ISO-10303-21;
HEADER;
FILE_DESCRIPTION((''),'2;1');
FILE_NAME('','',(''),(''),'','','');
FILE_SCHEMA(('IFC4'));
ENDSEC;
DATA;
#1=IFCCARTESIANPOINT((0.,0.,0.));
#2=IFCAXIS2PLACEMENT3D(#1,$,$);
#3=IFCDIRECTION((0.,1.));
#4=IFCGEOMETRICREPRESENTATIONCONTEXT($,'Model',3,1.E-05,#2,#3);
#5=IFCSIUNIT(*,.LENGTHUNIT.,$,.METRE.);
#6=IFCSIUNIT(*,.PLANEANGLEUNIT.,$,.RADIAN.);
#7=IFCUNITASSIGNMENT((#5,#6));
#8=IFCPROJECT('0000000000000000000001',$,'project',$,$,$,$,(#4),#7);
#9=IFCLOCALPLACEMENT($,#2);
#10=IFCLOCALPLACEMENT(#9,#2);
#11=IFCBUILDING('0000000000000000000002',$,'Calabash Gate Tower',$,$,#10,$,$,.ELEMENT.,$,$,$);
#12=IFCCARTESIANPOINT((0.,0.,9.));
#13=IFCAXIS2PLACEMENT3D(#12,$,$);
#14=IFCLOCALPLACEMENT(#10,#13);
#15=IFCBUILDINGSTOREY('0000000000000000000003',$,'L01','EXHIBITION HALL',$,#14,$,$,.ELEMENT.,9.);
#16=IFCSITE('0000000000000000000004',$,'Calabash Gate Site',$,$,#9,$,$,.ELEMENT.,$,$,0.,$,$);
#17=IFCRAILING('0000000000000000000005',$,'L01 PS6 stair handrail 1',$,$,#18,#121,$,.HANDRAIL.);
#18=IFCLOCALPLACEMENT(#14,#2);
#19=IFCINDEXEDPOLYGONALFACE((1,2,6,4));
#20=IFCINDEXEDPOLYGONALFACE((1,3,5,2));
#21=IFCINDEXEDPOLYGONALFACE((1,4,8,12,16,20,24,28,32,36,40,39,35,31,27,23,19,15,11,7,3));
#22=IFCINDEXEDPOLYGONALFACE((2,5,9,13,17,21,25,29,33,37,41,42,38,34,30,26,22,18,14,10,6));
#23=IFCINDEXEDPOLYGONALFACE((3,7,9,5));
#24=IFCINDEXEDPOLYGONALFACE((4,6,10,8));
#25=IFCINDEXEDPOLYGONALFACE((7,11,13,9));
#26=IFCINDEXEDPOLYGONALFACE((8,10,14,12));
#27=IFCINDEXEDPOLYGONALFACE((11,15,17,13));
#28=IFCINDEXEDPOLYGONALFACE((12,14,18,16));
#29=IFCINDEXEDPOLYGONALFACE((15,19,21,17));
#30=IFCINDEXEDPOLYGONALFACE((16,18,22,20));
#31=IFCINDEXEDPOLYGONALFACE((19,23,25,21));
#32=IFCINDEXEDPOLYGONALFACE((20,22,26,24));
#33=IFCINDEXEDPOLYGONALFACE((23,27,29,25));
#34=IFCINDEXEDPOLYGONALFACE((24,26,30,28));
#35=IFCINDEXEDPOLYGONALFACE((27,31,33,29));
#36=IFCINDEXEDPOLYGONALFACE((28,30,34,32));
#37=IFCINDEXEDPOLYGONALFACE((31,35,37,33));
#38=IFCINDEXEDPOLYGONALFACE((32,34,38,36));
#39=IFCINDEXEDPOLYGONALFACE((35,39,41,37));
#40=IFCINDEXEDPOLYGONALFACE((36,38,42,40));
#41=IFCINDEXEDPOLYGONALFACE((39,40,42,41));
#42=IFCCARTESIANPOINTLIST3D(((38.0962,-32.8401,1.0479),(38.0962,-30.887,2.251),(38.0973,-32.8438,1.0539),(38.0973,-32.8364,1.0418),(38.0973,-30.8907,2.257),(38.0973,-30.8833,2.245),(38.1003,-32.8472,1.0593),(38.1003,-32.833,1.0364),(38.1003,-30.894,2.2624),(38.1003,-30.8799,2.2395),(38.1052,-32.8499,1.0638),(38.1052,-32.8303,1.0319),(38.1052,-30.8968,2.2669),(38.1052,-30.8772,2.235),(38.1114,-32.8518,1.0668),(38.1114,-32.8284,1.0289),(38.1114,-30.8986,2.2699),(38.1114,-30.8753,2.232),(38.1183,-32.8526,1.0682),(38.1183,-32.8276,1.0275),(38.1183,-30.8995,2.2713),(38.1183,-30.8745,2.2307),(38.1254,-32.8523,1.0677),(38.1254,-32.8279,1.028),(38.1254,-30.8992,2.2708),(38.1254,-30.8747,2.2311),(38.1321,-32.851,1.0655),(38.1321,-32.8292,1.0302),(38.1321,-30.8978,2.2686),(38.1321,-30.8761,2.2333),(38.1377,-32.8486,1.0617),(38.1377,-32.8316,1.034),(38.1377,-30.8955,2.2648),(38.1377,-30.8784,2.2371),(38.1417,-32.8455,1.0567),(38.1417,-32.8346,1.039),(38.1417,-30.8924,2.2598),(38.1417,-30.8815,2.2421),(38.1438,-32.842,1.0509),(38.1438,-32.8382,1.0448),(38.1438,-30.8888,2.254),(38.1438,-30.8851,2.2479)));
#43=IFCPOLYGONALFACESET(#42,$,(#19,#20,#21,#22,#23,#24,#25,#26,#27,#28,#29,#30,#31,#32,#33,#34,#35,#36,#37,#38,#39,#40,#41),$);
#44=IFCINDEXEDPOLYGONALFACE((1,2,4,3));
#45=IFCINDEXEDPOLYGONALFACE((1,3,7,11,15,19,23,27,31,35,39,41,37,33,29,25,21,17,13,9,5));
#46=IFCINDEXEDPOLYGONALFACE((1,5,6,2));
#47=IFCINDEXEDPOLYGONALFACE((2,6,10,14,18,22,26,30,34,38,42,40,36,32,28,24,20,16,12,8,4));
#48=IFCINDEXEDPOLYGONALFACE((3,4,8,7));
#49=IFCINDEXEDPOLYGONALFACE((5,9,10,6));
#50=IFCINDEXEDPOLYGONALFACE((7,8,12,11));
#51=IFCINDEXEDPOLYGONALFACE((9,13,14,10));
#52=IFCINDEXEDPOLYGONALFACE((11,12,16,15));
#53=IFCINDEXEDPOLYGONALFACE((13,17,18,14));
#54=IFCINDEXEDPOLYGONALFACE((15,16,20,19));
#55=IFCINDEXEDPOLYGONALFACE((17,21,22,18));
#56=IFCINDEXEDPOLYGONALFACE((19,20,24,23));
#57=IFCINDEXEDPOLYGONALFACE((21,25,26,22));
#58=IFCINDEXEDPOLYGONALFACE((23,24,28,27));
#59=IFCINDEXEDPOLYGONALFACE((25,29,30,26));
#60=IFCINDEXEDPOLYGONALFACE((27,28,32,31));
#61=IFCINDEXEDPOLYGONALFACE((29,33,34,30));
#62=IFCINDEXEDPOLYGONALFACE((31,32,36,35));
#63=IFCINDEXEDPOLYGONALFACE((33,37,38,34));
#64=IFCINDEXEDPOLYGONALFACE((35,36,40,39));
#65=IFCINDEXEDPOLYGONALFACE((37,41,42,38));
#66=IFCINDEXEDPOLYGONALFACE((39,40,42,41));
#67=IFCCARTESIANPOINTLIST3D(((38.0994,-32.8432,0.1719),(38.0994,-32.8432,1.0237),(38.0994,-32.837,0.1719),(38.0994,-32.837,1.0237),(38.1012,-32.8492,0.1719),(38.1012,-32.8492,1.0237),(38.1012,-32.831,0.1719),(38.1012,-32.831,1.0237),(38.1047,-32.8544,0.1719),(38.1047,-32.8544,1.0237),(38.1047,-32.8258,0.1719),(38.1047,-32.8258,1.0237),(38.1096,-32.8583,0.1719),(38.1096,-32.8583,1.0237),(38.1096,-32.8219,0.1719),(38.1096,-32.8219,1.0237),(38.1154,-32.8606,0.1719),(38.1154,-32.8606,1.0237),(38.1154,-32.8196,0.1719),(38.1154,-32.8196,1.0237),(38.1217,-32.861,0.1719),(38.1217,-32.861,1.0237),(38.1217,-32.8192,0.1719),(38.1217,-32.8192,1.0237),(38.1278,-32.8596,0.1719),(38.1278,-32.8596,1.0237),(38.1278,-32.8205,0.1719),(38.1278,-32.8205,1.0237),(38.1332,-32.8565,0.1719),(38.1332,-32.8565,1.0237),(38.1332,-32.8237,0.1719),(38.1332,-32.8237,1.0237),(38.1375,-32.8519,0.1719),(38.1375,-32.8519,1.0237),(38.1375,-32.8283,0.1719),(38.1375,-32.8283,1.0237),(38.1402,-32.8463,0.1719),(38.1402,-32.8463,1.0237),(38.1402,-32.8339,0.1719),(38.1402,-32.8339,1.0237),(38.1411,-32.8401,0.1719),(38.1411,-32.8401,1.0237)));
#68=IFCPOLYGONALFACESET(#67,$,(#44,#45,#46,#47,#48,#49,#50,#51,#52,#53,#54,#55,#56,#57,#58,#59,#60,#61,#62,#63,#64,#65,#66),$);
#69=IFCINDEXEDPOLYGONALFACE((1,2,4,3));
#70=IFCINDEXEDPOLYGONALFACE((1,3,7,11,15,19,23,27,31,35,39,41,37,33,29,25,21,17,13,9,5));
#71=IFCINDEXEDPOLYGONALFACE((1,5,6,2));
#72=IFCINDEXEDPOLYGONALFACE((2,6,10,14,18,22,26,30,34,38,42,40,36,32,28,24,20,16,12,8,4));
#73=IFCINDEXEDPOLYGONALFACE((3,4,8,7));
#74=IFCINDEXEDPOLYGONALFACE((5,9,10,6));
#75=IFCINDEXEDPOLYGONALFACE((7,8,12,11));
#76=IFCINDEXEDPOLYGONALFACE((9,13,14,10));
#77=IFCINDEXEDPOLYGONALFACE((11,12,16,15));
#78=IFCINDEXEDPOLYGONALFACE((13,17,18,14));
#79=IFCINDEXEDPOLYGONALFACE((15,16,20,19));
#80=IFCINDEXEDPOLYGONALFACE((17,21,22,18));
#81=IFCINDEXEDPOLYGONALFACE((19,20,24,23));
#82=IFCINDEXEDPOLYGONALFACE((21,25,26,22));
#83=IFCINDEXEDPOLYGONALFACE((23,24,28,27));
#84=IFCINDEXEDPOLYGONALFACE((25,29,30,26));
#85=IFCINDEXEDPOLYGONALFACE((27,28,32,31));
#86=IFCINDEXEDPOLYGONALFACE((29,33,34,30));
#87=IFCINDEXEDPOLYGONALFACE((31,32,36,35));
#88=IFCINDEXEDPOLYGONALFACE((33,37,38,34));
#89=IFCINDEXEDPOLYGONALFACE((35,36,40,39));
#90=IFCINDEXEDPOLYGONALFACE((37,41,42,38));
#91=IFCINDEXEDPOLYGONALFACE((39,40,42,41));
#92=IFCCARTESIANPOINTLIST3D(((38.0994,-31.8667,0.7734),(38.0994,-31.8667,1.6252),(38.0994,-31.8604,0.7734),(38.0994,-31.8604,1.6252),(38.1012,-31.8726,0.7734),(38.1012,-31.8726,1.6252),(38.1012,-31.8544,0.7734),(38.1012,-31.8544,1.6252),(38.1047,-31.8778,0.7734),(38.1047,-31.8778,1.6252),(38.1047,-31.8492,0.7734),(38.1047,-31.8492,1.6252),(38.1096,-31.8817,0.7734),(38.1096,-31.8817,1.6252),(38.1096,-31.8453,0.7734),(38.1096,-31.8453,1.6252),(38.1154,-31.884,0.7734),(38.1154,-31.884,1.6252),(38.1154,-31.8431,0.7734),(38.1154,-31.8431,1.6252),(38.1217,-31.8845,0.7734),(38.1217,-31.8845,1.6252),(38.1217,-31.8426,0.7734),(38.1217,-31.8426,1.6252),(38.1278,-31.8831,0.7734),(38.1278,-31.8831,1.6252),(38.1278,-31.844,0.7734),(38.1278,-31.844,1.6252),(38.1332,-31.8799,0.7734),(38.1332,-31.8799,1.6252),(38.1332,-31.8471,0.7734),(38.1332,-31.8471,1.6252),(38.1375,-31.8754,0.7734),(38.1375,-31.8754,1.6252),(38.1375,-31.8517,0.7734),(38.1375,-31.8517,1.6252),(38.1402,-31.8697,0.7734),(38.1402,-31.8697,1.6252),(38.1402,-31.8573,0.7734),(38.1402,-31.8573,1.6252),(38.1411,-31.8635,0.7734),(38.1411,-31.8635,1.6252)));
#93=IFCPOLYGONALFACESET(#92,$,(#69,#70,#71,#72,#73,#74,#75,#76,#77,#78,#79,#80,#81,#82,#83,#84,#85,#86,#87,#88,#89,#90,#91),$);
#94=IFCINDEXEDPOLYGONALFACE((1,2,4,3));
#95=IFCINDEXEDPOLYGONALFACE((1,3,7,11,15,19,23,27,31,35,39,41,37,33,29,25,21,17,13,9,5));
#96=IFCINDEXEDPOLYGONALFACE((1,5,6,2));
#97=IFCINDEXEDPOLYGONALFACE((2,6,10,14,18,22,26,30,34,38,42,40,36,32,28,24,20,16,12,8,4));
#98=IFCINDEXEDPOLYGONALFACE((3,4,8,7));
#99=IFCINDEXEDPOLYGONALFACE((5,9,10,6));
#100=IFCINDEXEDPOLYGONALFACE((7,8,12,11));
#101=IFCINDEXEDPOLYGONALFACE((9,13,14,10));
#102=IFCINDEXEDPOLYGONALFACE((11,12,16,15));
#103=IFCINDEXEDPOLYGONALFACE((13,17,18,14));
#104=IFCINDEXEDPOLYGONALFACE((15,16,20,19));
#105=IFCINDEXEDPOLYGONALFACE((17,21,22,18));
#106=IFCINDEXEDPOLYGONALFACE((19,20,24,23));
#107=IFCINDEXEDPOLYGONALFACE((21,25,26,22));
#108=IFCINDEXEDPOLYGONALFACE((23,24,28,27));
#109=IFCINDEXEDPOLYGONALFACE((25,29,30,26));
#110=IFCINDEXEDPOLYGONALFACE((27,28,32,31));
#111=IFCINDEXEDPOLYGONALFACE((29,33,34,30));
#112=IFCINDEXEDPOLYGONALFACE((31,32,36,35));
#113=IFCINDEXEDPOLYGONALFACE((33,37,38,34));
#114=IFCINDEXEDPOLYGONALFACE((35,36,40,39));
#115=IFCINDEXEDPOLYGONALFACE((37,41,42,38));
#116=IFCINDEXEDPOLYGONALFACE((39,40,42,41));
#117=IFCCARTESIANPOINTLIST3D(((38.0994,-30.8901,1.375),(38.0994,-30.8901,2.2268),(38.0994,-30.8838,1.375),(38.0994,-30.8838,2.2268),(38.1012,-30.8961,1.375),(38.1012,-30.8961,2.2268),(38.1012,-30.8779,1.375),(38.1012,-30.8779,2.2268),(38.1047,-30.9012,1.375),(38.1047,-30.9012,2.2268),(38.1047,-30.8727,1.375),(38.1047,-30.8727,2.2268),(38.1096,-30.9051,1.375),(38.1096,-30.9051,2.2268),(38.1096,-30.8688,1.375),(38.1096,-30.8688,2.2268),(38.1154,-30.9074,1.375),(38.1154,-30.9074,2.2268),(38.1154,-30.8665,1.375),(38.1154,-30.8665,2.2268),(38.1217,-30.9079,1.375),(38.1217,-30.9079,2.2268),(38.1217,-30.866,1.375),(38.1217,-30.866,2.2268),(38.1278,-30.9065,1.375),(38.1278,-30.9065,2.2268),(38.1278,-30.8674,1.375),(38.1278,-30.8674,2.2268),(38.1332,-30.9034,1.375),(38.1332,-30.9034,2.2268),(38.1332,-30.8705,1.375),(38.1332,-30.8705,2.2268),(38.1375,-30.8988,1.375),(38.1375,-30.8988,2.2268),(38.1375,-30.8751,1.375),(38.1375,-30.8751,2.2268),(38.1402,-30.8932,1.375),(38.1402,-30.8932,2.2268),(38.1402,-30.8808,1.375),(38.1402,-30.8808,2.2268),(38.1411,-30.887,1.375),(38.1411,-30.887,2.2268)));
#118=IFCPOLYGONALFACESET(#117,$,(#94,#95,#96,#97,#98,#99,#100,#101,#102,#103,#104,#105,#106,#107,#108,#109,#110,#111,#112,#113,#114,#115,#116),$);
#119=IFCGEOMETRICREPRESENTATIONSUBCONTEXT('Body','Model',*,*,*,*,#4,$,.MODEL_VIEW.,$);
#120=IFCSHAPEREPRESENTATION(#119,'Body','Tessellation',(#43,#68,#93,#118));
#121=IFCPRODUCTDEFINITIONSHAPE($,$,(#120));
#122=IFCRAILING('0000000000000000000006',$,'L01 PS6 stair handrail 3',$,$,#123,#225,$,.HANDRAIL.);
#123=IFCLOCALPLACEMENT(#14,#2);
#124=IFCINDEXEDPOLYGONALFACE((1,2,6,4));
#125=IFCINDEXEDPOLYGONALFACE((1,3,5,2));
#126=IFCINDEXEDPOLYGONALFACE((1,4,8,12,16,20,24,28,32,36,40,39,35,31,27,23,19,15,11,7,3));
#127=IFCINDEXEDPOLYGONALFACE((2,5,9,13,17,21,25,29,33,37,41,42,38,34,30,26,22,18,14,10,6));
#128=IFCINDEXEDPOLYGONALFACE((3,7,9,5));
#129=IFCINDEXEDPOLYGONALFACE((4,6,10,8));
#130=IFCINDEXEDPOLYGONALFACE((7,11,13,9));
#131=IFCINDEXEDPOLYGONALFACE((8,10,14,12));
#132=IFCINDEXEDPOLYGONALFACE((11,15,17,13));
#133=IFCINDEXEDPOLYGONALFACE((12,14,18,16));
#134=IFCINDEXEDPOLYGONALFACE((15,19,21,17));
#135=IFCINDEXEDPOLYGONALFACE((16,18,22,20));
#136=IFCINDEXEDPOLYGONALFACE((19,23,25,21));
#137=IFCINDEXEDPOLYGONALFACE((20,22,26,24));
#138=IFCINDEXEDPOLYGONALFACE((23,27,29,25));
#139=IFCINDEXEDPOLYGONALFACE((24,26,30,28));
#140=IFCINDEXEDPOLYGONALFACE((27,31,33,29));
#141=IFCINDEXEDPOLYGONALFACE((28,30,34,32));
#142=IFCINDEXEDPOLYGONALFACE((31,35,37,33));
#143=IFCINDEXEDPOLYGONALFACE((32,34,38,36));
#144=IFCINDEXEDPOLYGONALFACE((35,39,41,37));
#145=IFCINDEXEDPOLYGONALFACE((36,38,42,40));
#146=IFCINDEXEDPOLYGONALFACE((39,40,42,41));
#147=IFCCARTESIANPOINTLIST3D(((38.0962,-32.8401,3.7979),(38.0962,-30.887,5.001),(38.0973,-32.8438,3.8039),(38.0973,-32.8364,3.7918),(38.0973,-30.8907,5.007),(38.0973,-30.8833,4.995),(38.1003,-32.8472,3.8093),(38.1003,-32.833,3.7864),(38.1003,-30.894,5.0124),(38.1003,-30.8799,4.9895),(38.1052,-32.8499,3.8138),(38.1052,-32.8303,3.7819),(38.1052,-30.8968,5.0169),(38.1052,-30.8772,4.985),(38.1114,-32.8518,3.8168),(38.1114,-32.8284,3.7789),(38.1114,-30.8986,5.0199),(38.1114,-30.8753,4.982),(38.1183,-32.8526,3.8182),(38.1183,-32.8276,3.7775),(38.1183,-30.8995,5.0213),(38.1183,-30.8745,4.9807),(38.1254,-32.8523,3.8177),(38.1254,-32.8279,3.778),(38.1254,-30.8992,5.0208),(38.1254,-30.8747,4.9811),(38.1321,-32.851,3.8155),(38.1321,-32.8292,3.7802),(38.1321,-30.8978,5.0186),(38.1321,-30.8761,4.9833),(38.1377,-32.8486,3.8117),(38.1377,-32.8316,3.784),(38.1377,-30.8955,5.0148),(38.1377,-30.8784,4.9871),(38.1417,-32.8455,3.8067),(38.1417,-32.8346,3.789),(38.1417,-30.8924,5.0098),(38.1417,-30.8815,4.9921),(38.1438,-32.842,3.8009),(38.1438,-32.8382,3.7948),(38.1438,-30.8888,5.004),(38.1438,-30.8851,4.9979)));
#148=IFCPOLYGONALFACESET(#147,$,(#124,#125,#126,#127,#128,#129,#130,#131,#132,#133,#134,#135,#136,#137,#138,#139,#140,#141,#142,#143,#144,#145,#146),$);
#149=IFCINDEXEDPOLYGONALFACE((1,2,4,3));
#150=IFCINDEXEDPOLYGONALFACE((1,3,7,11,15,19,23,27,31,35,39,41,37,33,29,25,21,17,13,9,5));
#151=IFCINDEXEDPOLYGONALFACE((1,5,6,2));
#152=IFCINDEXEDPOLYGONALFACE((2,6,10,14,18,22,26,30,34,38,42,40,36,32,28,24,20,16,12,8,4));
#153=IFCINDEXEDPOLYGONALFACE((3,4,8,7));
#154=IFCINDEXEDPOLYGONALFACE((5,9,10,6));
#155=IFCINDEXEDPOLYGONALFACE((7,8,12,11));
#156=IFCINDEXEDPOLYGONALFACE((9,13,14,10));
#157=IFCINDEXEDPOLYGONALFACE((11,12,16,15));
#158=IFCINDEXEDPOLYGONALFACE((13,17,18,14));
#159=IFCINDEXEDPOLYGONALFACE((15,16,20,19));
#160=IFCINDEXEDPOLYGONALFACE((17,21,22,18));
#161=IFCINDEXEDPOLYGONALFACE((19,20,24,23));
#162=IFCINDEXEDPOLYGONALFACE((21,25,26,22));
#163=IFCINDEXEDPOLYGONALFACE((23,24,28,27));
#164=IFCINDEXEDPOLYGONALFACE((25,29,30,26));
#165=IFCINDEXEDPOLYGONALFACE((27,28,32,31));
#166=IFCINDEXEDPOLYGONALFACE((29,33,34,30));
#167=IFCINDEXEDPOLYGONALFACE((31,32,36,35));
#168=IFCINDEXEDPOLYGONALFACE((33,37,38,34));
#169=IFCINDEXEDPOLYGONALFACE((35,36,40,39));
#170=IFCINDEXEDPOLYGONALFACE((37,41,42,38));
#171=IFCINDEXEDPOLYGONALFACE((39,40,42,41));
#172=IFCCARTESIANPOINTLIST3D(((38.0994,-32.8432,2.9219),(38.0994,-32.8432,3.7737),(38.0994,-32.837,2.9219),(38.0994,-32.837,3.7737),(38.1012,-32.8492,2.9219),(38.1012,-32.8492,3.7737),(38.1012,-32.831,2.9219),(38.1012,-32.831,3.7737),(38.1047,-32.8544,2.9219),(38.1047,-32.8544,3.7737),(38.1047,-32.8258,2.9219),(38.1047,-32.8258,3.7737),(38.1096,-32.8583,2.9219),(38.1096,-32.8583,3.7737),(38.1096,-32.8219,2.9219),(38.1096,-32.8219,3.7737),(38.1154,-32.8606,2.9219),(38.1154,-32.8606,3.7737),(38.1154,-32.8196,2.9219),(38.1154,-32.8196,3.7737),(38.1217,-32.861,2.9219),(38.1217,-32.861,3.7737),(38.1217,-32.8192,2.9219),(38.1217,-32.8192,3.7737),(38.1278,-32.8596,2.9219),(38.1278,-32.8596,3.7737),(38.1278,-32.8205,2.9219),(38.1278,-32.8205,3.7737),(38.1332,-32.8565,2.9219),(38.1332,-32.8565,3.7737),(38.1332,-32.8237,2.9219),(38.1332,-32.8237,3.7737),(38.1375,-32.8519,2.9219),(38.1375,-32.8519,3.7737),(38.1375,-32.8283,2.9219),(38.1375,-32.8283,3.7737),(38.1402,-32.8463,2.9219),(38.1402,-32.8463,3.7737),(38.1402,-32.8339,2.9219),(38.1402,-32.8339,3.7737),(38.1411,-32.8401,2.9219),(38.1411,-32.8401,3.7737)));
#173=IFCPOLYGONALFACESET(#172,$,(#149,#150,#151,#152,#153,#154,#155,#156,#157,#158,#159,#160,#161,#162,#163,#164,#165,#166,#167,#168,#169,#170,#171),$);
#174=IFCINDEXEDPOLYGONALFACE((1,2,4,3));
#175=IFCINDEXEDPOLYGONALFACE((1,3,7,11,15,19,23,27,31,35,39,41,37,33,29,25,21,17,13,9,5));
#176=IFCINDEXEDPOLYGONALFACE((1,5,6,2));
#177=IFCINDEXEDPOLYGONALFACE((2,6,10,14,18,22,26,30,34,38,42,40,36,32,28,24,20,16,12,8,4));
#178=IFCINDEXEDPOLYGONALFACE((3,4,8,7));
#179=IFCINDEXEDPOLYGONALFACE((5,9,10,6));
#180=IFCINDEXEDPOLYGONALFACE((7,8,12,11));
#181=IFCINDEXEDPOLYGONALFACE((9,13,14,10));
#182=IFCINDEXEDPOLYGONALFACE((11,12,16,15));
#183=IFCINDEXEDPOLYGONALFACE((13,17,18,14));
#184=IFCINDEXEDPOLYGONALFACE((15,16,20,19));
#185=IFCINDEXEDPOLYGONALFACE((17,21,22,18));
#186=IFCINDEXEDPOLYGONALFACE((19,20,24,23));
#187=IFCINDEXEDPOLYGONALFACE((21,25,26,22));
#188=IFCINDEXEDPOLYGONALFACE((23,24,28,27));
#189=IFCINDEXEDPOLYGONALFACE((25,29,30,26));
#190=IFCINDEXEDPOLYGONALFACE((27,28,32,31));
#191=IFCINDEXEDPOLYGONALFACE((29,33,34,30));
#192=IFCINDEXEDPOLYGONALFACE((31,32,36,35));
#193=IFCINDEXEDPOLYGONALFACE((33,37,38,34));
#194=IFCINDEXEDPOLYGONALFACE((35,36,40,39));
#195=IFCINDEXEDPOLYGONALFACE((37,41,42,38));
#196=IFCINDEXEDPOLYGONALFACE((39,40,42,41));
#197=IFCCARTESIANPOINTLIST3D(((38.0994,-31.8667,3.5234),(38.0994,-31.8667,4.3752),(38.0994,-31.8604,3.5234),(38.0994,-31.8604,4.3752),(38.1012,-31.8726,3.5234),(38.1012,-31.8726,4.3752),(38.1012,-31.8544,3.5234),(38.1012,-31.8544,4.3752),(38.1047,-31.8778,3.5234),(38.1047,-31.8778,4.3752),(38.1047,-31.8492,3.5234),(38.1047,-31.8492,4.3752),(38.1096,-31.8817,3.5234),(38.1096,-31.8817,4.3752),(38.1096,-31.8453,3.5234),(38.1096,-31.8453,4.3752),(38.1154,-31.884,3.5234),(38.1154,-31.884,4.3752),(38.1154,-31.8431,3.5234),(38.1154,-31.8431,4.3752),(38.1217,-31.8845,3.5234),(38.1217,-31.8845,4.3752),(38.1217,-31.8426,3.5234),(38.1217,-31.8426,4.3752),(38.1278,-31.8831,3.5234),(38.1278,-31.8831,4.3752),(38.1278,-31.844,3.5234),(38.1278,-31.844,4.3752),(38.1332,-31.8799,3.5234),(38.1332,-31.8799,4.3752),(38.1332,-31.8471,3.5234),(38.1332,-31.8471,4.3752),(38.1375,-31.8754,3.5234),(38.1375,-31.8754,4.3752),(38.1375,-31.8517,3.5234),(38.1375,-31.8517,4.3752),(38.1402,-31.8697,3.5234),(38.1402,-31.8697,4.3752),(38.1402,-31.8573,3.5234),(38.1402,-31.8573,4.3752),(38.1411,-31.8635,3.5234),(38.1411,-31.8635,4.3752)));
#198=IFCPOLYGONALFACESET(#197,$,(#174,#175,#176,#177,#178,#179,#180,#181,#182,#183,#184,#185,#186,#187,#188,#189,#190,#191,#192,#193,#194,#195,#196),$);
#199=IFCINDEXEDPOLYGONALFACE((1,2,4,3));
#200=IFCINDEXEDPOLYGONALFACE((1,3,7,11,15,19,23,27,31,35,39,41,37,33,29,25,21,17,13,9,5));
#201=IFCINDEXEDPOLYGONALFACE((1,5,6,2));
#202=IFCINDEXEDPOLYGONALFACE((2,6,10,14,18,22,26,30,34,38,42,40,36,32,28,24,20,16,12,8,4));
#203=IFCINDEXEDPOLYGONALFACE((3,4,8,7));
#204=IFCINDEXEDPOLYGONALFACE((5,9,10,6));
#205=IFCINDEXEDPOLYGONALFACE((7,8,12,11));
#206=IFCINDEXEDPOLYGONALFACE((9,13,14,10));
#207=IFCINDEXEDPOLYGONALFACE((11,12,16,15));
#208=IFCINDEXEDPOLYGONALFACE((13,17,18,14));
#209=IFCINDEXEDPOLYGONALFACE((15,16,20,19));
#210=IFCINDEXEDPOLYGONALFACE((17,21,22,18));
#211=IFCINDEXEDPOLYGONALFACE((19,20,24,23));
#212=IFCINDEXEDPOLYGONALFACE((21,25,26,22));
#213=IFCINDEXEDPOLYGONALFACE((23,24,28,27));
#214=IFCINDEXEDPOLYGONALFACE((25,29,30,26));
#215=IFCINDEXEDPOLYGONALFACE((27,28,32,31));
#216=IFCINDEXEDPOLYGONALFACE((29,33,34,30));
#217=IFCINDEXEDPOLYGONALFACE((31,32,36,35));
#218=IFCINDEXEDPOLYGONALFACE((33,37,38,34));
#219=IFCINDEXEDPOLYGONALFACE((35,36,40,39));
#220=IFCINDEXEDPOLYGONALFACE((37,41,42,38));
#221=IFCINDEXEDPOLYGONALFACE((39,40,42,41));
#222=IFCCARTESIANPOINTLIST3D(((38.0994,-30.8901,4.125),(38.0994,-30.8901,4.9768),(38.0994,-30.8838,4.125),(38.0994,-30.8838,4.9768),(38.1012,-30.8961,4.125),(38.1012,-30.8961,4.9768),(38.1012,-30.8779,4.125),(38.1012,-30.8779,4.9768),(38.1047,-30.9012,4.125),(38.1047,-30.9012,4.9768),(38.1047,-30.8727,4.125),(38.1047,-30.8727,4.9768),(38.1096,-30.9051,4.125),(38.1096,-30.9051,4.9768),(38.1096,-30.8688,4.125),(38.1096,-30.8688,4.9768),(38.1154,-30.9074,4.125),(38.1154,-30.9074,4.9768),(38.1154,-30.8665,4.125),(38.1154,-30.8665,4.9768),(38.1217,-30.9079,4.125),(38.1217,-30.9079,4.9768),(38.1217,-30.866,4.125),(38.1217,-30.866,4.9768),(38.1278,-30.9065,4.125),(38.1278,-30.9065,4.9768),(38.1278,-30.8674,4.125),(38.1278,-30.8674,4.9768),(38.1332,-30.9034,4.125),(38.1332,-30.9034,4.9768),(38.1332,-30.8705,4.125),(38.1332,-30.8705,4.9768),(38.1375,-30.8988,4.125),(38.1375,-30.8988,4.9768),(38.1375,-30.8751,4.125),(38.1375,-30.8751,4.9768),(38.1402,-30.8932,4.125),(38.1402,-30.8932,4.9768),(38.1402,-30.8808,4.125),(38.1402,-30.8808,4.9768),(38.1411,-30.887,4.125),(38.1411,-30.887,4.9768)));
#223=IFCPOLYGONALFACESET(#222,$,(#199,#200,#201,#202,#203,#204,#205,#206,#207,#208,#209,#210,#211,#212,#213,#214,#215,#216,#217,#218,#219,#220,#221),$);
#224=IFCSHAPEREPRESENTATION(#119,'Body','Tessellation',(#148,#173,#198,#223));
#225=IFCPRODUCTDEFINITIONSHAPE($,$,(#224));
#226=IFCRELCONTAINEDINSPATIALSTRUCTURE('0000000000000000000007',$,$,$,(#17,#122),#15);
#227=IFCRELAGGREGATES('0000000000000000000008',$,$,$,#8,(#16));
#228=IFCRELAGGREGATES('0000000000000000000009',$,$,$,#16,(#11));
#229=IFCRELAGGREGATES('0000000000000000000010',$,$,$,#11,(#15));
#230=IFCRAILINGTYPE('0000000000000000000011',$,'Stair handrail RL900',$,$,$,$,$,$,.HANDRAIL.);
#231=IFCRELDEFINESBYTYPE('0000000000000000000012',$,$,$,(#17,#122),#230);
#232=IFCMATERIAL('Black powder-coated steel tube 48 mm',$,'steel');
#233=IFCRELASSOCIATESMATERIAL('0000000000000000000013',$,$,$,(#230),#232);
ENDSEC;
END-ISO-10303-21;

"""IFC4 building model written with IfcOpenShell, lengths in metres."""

from ifc_helpers import new_model, si_unit, direction, frame, origin, origin_2d, place, context, subcontext, project, spatial, circle, extrude, material, type_object, element, save


model = new_model("IFC4")

# Units and contexts
model_context = context("Model", 3, precision=1e-05, world=origin(), true_north=direction((0.0, 1.0)))
body_context = subcontext(model_context, "Body", "Model", "MODEL_VIEW")
ifc_project = project(units=[si_unit("LENGTHUNIT", "METRE"), si_unit("PLANEANGLEUNIT", "RADIAN")], contexts=[model_context])

# Site, building, storey
site_placement = place(None, origin())
site = spatial("IfcSite", under=ifc_project, at=site_placement, Name="Calabash Gate Site", CompositionType="ELEMENT", RefElevation=0.0)
building_placement = place(site_placement, origin())
building = spatial("IfcBuilding", under=site, at=building_placement, Name="Calabash Gate Tower", CompositionType="ELEMENT")
storey_placement = place(building_placement, frame((0.0, 0.0, 9.0)))
storey = spatial("IfcBuildingStorey", under=building, at=storey_placement, Name="L01", Description="EXHIBITION HALL", CompositionType="ELEMENT", Elevation=9.0)

# Railings
ifc_material_1 = material(Name="Black powder-coated steel tube 48 mm", Category="steel")
railing_type_1 = type_object("IfcRailingType", Name="Stair handrail RL900", PredefinedType="HANDRAIL", material=ifc_material_1)
for number, where, name in (
    (1, (38.1201, -32.8401, 0.1719), "L01 PS6 stair handrail 1"),
    (2, (38.1201, -32.8401, 2.9219), "L01 PS6 stair handrail 3"),
):
    element("IfcRailing", number, at=place(storey_placement, frame(where)), inside=storey, type_object=railing_type_1, Name=name, PredefinedType="HANDRAIL", context=body_context, shape_type="SweptSolid", body=[
        extrude(circle(Radius=0.0239, at=origin_2d()), frame((0.0, 0.0, 0.876), z_axis=(0.0, 0.851424, 0.524477), x_axis=(-1.0, 0.0, 0.0)), (0.0, 0.0, 1.0), 2.2939),
        extrude(circle(Radius=0.021, at=origin_2d()), origin(), (0.0, 0.0, 1.0), 0.8518),
        extrude(circle(Radius=0.021, at=origin_2d()), frame((0.0, 0.9766, 0.6016)), (0.0, 0.0, 1.0), 0.8518),
        extrude(circle(Radius=0.021, at=origin_2d()), frame((0.0, 1.9531, 1.2031)), (0.0, 0.0, 1.0), 0.8518),
    ])

save(model, "model.ifc")
